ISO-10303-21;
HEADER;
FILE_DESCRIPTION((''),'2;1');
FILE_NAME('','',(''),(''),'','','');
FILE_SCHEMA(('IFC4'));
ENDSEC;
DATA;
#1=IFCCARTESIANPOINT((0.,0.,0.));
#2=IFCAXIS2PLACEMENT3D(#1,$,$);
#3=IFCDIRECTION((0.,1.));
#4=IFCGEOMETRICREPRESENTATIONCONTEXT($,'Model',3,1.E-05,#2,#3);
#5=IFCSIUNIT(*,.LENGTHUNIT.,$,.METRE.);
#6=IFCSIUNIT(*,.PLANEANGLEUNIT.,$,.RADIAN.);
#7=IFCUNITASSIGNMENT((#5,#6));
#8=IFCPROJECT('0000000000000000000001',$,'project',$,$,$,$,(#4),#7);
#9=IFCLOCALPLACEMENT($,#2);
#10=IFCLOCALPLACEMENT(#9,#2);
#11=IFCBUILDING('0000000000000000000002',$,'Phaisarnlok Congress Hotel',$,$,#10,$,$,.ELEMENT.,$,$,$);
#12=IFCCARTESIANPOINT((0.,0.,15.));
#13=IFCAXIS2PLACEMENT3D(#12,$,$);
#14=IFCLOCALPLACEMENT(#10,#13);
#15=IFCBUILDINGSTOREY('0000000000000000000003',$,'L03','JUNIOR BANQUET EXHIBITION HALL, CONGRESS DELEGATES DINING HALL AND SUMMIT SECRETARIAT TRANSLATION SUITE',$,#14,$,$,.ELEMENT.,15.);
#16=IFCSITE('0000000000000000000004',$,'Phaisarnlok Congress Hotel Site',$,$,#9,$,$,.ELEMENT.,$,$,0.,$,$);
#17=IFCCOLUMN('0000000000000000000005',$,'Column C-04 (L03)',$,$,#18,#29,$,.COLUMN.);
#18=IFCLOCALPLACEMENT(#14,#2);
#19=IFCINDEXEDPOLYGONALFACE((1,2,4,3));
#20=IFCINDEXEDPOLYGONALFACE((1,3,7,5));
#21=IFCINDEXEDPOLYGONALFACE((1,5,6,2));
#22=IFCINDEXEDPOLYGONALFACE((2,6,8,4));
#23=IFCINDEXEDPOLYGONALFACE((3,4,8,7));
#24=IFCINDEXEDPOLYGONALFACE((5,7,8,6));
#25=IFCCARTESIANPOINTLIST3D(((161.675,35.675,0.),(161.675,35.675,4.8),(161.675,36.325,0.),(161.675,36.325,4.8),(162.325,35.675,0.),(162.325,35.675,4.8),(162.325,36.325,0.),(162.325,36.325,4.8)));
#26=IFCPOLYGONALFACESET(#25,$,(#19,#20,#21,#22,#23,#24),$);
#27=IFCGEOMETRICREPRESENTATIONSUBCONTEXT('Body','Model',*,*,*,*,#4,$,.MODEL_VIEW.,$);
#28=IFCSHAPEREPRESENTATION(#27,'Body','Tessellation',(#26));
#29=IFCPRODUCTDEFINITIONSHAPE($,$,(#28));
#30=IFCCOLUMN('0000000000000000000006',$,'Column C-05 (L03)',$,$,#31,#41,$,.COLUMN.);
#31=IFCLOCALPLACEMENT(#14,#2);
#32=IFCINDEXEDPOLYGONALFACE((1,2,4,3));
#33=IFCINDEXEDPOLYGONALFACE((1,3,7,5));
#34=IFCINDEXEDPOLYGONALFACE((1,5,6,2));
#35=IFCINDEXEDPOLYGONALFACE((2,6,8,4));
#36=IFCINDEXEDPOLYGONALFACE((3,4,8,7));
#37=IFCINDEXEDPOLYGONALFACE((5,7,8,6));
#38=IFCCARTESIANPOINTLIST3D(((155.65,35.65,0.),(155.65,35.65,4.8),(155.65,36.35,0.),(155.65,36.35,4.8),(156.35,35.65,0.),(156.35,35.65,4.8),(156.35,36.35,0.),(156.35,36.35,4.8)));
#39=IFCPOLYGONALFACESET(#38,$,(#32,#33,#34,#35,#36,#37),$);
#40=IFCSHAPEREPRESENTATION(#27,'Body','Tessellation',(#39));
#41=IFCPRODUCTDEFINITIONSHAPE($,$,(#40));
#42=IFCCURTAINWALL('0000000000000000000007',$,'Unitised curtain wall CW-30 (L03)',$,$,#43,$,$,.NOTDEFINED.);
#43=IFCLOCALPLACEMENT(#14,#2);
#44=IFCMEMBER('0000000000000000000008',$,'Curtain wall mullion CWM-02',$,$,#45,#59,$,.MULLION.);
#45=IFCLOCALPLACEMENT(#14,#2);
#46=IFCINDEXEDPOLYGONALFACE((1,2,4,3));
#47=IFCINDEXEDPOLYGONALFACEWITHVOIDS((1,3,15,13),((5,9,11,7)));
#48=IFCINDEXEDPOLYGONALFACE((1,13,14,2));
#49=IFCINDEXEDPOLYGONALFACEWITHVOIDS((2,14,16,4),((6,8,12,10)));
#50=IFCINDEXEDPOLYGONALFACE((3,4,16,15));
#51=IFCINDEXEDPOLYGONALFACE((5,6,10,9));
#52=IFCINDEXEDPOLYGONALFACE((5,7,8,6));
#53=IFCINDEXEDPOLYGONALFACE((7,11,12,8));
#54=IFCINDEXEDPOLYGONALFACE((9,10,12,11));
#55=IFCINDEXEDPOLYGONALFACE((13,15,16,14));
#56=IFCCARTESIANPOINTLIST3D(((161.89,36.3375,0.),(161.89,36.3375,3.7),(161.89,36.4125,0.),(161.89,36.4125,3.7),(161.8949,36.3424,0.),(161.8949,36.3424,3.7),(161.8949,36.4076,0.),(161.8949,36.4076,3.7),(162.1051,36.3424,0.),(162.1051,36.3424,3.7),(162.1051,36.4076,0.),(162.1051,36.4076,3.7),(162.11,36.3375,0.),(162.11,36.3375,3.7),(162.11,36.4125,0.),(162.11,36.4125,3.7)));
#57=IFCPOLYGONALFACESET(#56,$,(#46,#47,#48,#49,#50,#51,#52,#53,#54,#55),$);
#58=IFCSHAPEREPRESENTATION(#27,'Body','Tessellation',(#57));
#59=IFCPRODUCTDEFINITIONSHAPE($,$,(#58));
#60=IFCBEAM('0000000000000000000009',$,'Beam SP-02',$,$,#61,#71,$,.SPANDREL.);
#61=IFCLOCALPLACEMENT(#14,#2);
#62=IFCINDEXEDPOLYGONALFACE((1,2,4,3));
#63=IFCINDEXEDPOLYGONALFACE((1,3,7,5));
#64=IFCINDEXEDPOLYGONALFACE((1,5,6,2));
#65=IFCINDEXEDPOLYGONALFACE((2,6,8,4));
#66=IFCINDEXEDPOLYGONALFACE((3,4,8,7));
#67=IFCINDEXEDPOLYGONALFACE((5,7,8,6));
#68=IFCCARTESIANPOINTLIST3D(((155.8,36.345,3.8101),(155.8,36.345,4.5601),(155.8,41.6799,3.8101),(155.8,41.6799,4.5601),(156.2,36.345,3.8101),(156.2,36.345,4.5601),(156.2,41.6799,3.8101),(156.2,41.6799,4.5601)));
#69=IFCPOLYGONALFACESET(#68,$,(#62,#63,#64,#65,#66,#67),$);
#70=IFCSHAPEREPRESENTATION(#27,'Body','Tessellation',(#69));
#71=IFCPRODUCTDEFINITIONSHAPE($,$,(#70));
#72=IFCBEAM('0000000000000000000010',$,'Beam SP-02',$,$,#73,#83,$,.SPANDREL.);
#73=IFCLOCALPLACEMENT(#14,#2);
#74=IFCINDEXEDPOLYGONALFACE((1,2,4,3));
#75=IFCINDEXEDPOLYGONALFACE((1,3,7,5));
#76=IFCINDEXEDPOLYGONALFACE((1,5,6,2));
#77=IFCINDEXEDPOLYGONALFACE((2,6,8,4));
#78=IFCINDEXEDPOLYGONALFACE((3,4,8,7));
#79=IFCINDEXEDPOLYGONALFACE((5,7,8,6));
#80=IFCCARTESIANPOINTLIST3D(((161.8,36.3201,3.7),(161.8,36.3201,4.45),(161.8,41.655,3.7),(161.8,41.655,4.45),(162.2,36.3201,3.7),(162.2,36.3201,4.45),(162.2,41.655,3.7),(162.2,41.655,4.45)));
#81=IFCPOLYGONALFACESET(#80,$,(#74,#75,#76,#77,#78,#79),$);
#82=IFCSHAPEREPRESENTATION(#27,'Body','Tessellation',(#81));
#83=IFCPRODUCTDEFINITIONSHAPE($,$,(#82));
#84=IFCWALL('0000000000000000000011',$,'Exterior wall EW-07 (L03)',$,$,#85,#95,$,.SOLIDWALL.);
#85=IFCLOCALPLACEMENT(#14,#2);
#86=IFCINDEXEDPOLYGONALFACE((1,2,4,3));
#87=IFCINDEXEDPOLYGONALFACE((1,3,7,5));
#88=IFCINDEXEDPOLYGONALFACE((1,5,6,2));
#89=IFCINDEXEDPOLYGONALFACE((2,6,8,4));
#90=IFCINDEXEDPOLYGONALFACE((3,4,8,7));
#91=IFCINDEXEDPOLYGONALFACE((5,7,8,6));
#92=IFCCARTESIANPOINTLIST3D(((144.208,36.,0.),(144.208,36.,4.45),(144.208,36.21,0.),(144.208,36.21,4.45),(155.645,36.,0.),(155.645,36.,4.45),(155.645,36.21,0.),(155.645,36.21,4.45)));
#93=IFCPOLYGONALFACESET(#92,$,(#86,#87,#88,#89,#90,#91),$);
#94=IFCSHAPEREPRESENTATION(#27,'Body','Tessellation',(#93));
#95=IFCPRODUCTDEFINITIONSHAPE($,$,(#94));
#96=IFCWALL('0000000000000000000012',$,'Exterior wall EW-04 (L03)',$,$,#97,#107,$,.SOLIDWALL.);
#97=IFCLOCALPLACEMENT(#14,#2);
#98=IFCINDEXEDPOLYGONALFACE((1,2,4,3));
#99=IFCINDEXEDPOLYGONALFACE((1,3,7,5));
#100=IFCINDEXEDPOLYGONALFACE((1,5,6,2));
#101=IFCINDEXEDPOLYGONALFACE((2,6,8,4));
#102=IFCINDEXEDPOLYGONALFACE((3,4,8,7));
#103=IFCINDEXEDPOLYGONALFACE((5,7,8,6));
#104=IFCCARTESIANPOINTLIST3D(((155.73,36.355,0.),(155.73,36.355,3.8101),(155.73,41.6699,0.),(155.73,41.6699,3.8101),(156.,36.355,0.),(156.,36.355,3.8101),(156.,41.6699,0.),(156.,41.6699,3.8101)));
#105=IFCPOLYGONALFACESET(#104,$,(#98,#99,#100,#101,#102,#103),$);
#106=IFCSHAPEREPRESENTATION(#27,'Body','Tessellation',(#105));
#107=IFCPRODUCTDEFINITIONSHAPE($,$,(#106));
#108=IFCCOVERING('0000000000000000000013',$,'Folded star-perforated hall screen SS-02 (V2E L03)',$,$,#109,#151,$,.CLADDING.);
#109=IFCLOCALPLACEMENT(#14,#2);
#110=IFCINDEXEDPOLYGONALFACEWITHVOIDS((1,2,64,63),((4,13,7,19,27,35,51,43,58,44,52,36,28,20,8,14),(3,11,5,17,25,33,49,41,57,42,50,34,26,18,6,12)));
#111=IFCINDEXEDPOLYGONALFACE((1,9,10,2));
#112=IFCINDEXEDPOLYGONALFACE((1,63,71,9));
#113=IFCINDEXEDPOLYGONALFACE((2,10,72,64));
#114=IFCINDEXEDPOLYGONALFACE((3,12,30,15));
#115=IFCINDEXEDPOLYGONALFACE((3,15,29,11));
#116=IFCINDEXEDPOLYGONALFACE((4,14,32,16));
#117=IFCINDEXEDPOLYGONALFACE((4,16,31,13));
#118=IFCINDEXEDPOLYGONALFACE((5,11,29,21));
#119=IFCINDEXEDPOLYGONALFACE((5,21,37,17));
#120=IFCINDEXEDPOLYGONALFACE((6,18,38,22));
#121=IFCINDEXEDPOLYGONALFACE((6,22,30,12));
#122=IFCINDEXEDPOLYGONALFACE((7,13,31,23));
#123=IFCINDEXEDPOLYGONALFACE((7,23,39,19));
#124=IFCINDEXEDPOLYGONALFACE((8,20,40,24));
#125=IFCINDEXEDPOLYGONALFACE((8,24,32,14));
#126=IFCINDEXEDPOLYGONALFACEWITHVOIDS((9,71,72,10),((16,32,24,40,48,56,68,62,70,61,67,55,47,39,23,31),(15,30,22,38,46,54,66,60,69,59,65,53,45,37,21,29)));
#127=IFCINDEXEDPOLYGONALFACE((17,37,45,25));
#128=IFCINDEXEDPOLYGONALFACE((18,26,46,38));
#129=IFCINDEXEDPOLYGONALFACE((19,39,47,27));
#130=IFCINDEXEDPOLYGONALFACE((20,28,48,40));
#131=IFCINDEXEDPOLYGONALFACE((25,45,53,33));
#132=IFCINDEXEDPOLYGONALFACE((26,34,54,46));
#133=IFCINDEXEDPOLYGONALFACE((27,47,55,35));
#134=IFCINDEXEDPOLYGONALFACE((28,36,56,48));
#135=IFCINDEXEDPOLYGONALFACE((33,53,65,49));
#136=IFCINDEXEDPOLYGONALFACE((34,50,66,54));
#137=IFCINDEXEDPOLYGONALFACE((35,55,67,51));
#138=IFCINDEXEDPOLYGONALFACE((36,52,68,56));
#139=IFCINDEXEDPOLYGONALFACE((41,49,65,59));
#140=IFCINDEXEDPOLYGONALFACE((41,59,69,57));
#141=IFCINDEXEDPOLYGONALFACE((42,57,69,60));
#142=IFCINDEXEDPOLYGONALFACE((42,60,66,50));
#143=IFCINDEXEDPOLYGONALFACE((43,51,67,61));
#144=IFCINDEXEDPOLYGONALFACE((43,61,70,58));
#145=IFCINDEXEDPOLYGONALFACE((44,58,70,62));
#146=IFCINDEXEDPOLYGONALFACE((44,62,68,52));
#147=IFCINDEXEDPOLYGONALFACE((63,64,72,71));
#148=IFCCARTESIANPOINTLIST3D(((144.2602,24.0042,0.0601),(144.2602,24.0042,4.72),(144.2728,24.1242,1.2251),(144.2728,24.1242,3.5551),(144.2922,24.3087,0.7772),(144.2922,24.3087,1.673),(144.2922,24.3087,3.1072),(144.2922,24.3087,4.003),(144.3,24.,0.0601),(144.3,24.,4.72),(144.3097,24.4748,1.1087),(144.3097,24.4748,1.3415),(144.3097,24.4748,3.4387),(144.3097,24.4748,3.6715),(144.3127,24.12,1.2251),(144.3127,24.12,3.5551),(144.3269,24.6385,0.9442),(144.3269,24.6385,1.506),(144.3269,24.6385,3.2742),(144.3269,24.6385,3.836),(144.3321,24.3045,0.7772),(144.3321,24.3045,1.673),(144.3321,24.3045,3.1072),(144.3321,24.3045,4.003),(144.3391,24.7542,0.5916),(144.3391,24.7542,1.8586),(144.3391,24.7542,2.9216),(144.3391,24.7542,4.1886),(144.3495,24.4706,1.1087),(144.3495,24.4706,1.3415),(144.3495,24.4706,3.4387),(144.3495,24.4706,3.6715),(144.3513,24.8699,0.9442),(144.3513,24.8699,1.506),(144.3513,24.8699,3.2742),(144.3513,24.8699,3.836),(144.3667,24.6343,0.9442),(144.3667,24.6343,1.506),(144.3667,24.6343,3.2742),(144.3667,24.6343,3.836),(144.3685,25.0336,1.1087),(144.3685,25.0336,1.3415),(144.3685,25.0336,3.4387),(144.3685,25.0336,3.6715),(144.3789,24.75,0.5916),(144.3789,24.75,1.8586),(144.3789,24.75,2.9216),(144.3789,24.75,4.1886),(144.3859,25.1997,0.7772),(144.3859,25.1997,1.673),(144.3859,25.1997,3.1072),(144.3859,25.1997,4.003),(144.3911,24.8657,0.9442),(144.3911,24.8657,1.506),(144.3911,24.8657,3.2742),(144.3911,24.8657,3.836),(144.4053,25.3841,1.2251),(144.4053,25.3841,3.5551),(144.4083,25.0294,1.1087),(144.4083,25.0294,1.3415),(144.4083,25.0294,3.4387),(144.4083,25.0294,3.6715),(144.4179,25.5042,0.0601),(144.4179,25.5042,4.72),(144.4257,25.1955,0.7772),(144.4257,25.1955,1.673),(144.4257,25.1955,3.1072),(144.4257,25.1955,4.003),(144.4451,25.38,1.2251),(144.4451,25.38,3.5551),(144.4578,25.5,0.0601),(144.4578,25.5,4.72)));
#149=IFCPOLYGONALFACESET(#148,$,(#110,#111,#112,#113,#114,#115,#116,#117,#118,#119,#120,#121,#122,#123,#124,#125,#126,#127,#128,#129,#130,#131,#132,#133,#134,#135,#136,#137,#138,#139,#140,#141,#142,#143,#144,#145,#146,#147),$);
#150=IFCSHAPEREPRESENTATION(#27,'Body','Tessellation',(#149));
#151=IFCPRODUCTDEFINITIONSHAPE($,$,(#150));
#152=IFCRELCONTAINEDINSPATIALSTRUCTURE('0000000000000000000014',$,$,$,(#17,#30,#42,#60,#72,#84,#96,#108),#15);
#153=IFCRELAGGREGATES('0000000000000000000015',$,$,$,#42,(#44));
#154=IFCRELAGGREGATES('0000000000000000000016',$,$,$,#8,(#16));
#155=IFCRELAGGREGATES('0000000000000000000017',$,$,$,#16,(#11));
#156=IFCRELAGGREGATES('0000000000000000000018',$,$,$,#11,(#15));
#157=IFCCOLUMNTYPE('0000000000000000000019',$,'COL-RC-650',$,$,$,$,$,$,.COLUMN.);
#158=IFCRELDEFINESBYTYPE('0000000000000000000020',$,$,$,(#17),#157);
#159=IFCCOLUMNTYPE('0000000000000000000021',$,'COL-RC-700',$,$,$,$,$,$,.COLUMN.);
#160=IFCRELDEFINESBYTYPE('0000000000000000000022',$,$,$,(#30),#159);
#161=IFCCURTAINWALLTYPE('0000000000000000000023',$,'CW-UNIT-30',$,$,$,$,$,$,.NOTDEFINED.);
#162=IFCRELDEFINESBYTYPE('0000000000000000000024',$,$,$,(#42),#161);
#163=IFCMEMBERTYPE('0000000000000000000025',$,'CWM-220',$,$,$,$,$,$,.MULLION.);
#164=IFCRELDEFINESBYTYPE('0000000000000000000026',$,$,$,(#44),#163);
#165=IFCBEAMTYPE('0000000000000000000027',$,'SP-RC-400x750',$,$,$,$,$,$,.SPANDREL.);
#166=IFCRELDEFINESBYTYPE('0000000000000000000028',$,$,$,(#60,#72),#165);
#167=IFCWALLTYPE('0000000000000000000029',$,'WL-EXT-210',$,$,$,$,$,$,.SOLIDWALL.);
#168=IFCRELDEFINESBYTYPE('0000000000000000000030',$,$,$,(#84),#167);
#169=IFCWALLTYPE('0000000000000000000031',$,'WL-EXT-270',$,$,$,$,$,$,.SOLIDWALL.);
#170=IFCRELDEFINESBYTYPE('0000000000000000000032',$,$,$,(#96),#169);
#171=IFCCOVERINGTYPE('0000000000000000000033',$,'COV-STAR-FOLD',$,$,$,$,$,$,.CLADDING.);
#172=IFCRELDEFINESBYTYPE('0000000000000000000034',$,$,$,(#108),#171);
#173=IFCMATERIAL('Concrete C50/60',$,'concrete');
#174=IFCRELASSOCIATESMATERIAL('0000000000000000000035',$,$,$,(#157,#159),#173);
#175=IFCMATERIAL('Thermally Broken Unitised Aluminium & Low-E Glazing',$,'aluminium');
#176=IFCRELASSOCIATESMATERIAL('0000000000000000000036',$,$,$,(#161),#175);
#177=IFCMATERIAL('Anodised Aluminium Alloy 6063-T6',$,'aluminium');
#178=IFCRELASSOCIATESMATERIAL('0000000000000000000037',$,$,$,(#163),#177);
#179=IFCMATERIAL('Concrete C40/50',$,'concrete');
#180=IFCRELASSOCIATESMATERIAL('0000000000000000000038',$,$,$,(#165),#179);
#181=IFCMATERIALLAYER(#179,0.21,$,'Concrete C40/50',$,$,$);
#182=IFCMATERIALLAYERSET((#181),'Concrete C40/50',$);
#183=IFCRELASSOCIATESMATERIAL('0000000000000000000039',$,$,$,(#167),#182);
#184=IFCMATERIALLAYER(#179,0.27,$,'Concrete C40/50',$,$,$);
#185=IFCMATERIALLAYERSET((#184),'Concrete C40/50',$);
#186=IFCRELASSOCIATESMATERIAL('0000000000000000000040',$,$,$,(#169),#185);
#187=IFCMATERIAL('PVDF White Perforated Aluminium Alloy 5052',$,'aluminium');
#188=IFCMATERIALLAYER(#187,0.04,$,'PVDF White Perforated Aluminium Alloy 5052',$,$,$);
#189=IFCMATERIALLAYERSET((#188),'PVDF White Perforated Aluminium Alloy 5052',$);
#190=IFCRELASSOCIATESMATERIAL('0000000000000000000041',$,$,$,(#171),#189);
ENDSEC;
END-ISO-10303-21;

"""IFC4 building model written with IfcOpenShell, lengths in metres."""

from ifc_helpers import new_model, si_unit, direction, frame, frame_2d, origin, origin_2d, place, context, subcontext, project, spatial, polyline, rectangle, hollow_rectangle, outline, extrude, material, layer, layer_set, material_profile, profile_set, type_object, element, aggregate, save


model = new_model("IFC4")

# Units and contexts
model_context = context("Model", 3, precision=1e-05, world=origin(), true_north=direction((0.0, 1.0)))
body_context = subcontext(model_context, "Body", "Model", "MODEL_VIEW")
ifc_project = project(units=[si_unit("LENGTHUNIT", "METRE"), si_unit("PLANEANGLEUNIT", "RADIAN")], contexts=[model_context])

# Site, building, storey
site_placement = place(None, origin())
site = spatial("IfcSite", under=ifc_project, at=site_placement, Name="Phaisarnlok Congress Hotel Site", CompositionType="ELEMENT", RefElevation=0.0)
building_placement = place(site_placement, origin())
building = spatial("IfcBuilding", under=site, at=building_placement, Name="Phaisarnlok Congress Hotel", CompositionType="ELEMENT")
storey_placement = place(building_placement, frame((0.0, 0.0, 15.0)))
storey = spatial("IfcBuildingStorey", under=building, at=storey_placement, Name="L03", Description="JUNIOR BANQUET EXHIBITION HALL, CONGRESS DELEGATES DINING HALL AND SUMMIT SECRETARIAT TRANSLATION SUITE", CompositionType="ELEMENT", Elevation=15.0)

# Columns
ifc_material_1 = material(Name="Concrete C50/60", Category="concrete")
ifc_material_profile_1 = material_profile(ifc_material_1, rectangle(XDim=0.6499, YDim=0.6499, at=origin_2d()), Name="RC 650x650")
ifc_profile_set_1 = profile_set([ifc_material_profile_1], Name="Concrete C50/60")
column_type_1 = type_object("IfcColumnType", Name="COL-RC-650", PredefinedType="COLUMN", material=ifc_profile_set_1)
column_1_placement = place(storey_placement, frame((162.0, 36.0, 0.0), z_axis=(0.0, 0.0, 1.0), x_axis=(1.0, 0.0, 0.0)))
element("IfcColumn", 1, at=column_1_placement, inside=storey, type_object=column_type_1, Name="Column C-04 (L03)", PredefinedType="COLUMN", context=body_context, shape_type="SweptSolid", body=[
    extrude(rectangle(XDim=0.6499, YDim=0.6499, at=origin_2d()), origin(), (0.0, 0.0, 1.0), 4.8),
])
ifc_material_profile_2 = material_profile(ifc_material_1, rectangle(XDim=0.7, YDim=0.7, at=origin_2d()), Name="RC 700x700")
ifc_profile_set_2 = profile_set([ifc_material_profile_2], Name="Concrete C50/60")
column_type_2 = type_object("IfcColumnType", Name="COL-RC-700", PredefinedType="COLUMN", material=ifc_profile_set_2)
column_2_placement = place(storey_placement, frame((156.0, 36.0, 0.0), z_axis=(0.0, 0.0, 1.0), x_axis=(1.0, 0.0, 0.0)))
element("IfcColumn", 2, at=column_2_placement, inside=storey, type_object=column_type_2, Name="Column C-05 (L03)", PredefinedType="COLUMN", context=body_context, shape_type="SweptSolid", body=[
    extrude(rectangle(XDim=0.7, YDim=0.7, at=origin_2d()), origin(), (0.0, 0.0, 1.0), 4.8),
])

# Curtain wall, member
ifc_material_2 = material(Name="Thermally Broken Unitised Aluminium & Low-E Glazing", Category="aluminium")
curtain_wall_type = type_object("IfcCurtainWallType", Name="CW-UNIT-30", PredefinedType="NOTDEFINED", material=ifc_material_2)
curtain_wall_placement = place(storey_placement, origin())
curtain_wall = element("IfcCurtainWall", 3, at=curtain_wall_placement, inside=storey, type_object=curtain_wall_type, Name="Unitised curtain wall CW-30 (L03)", PredefinedType="NOTDEFINED")
ifc_material_3 = material(Name="Anodised Aluminium Alloy 6063-T6", Category="aluminium")
ifc_material_profile_3 = material_profile(ifc_material_3, hollow_rectangle(XDim=0.075, YDim=0.22, WallThickness=0.0049, at=origin_2d()), Name="ALU-M 75x220x5")
ifc_profile_set_3 = profile_set([ifc_material_profile_3], Name="Anodised Aluminium Alloy 6063-T6")
member_type = type_object("IfcMemberType", Name="CWM-220", PredefinedType="MULLION", material=ifc_profile_set_3)
member_placement = place(storey_placement, frame((162.0, 36.375, 0.0), z_axis=(0.0, 0.0, 1.0), x_axis=(0.0, -1.0, 0.0)))
member = element("IfcMember", 4, at=member_placement, type_object=member_type, Name="Curtain wall mullion CWM-02", PredefinedType="MULLION", context=body_context, shape_type="SweptSolid", body=[
    extrude(hollow_rectangle(XDim=0.075, YDim=0.22, WallThickness=0.0049, at=origin_2d()), origin(), (0.0, 0.0, 1.0), 3.7),
])
aggregate(curtain_wall, [member])

# Beams
ifc_material_4 = material(Name="Concrete C40/50", Category="concrete")
ifc_material_profile_4 = material_profile(ifc_material_4, rectangle(XDim=0.3999, YDim=0.75, at=origin_2d()), Name="RC 400x750")
ifc_profile_set_4 = profile_set([ifc_material_profile_4], Name="Concrete C40/50")
beam_type = type_object("IfcBeamType", Name="SP-RC-400x750", PredefinedType="SPANDREL", material=ifc_profile_set_4)
for number, where, z_axis, x_axis, name in (
    (5, (156.0, 36.345, 4.1851), (0.0, 1.0, 0.0), (-1.0, 0.0, 0.0), "Beam SP-02"),
    (6, (162.0, 36.3201, 4.075), (0.0, 1.0, 0.0), (-1.0, 0.0, 0.0), "Beam SP-02"),
):
    element("IfcBeam", number, at=place(storey_placement, frame(where, z_axis=z_axis, x_axis=x_axis)), inside=storey, type_object=beam_type, Name=name, PredefinedType="SPANDREL", context=body_context, shape_type="SweptSolid", body=[
        extrude(rectangle(XDim=0.3999, YDim=0.75, at=origin_2d()), origin(), (0.0, 0.0, 1.0), 5.335),
    ])

# Walls
ifc_layer_1 = layer(ifc_material_4, 0.21, Name="Concrete C40/50")
ifc_layer_set_1 = layer_set([ifc_layer_1], Name="Concrete C40/50")
wall_type_1 = type_object("IfcWallType", Name="WL-EXT-210", PredefinedType="SOLIDWALL", material=ifc_layer_set_1)
wall_1_placement = place(storey_placement, frame((144.208, 36.105, 0.0), z_axis=(0.0, 0.0, 1.0), x_axis=(1.0, 0.0, 0.0)))
element("IfcWall", 7, at=wall_1_placement, inside=storey, type_object=wall_type_1, Name="Exterior wall EW-07 (L03)", PredefinedType="SOLIDWALL", context=body_context, shape_type="SweptSolid", body=[
    extrude(rectangle(XDim=11.437, YDim=0.21, at=frame_2d((5.7185, 0.0))), origin(), (0.0, 0.0, 1.0), 4.45),
])
ifc_layer_2 = layer(ifc_material_4, 0.27, Name="Concrete C40/50")
ifc_layer_set_2 = layer_set([ifc_layer_2], Name="Concrete C40/50")
wall_type_2 = type_object("IfcWallType", Name="WL-EXT-270", PredefinedType="SOLIDWALL", material=ifc_layer_set_2)
wall_2_placement = place(storey_placement, frame((155.865, 36.355, 0.0), z_axis=(0.0, 0.0, 1.0), x_axis=(0.0, 1.0, 0.0)))
element("IfcWall", 8, at=wall_2_placement, inside=storey, type_object=wall_type_2, Name="Exterior wall EW-04 (L03)", PredefinedType="SOLIDWALL", context=body_context, shape_type="SweptSolid", body=[
    extrude(rectangle(XDim=5.3149, YDim=0.27, at=frame_2d((2.6575, 0.0))), origin(), (0.0, 0.0, 1.0), 3.8101),
])

# Covering
ifc_material_5 = material(Name="PVDF White Perforated Aluminium Alloy 5052", Category="aluminium")
ifc_layer_3 = layer(ifc_material_5, 0.04, Name="PVDF White Perforated Aluminium Alloy 5052")
ifc_layer_set_3 = layer_set([ifc_layer_3], Name="PVDF White Perforated Aluminium Alloy 5052")
covering_type = type_object("IfcCoveringType", Name="COV-STAR-FOLD", PredefinedType="CLADDING", material=ifc_layer_set_3)
for number, where, z_axis, x_axis, name in (
    (9, (144.4578, 25.5, 0.0601), (-0.994518, 0.104567, 0.0), (-0.104567, -0.994518, 0.0), "Folded star-perforated hall screen SS-02 (V2E L03)"),
):
    element("IfcCovering", number, at=place(storey_placement, frame(where, z_axis=z_axis, x_axis=x_axis)), inside=storey, type_object=covering_type, Name=name, PredefinedType="CLADDING", context=body_context, shape_type="SweptSolid", body=[
        extrude(outline(polyline([(0.0, 0.0), (1.5083, 0.0), (1.5083, 4.6599), (0.0, 4.6599), (0.0, 0.0)]), holes=[polyline([(1.0351, 1.0486), (1.2021, 0.7171), (0.8705, 0.8841), (0.7541, 0.5315), (0.6378, 0.8841), (0.3062, 0.7171), (0.4732, 1.0486), (0.1207, 1.165), (0.4732, 1.2814), (0.3062, 1.6129), (0.6378, 1.4459), (0.7541, 1.7985), (0.8705, 1.4459), (1.2021, 1.6129), (1.0351, 1.2814), (1.3876, 1.165), (1.0351, 1.0486)]), polyline([(1.0351, 3.3786), (1.2021, 3.0471), (0.8705, 3.2141), (0.7541, 2.8615), (0.6378, 3.2141), (0.3062, 3.0471), (0.4732, 3.3786), (0.1207, 3.495), (0.4732, 3.6114), (0.3062, 3.9429), (0.6378, 3.7759), (0.7541, 4.1285), (0.8705, 3.7759), (1.2021, 3.9429), (1.0351, 3.6114), (1.3876, 3.495), (1.0351, 3.3786)])]), origin(), (0.0, 0.0, 1.0), 0.04),
    ])

save(model, "model.ifc")
